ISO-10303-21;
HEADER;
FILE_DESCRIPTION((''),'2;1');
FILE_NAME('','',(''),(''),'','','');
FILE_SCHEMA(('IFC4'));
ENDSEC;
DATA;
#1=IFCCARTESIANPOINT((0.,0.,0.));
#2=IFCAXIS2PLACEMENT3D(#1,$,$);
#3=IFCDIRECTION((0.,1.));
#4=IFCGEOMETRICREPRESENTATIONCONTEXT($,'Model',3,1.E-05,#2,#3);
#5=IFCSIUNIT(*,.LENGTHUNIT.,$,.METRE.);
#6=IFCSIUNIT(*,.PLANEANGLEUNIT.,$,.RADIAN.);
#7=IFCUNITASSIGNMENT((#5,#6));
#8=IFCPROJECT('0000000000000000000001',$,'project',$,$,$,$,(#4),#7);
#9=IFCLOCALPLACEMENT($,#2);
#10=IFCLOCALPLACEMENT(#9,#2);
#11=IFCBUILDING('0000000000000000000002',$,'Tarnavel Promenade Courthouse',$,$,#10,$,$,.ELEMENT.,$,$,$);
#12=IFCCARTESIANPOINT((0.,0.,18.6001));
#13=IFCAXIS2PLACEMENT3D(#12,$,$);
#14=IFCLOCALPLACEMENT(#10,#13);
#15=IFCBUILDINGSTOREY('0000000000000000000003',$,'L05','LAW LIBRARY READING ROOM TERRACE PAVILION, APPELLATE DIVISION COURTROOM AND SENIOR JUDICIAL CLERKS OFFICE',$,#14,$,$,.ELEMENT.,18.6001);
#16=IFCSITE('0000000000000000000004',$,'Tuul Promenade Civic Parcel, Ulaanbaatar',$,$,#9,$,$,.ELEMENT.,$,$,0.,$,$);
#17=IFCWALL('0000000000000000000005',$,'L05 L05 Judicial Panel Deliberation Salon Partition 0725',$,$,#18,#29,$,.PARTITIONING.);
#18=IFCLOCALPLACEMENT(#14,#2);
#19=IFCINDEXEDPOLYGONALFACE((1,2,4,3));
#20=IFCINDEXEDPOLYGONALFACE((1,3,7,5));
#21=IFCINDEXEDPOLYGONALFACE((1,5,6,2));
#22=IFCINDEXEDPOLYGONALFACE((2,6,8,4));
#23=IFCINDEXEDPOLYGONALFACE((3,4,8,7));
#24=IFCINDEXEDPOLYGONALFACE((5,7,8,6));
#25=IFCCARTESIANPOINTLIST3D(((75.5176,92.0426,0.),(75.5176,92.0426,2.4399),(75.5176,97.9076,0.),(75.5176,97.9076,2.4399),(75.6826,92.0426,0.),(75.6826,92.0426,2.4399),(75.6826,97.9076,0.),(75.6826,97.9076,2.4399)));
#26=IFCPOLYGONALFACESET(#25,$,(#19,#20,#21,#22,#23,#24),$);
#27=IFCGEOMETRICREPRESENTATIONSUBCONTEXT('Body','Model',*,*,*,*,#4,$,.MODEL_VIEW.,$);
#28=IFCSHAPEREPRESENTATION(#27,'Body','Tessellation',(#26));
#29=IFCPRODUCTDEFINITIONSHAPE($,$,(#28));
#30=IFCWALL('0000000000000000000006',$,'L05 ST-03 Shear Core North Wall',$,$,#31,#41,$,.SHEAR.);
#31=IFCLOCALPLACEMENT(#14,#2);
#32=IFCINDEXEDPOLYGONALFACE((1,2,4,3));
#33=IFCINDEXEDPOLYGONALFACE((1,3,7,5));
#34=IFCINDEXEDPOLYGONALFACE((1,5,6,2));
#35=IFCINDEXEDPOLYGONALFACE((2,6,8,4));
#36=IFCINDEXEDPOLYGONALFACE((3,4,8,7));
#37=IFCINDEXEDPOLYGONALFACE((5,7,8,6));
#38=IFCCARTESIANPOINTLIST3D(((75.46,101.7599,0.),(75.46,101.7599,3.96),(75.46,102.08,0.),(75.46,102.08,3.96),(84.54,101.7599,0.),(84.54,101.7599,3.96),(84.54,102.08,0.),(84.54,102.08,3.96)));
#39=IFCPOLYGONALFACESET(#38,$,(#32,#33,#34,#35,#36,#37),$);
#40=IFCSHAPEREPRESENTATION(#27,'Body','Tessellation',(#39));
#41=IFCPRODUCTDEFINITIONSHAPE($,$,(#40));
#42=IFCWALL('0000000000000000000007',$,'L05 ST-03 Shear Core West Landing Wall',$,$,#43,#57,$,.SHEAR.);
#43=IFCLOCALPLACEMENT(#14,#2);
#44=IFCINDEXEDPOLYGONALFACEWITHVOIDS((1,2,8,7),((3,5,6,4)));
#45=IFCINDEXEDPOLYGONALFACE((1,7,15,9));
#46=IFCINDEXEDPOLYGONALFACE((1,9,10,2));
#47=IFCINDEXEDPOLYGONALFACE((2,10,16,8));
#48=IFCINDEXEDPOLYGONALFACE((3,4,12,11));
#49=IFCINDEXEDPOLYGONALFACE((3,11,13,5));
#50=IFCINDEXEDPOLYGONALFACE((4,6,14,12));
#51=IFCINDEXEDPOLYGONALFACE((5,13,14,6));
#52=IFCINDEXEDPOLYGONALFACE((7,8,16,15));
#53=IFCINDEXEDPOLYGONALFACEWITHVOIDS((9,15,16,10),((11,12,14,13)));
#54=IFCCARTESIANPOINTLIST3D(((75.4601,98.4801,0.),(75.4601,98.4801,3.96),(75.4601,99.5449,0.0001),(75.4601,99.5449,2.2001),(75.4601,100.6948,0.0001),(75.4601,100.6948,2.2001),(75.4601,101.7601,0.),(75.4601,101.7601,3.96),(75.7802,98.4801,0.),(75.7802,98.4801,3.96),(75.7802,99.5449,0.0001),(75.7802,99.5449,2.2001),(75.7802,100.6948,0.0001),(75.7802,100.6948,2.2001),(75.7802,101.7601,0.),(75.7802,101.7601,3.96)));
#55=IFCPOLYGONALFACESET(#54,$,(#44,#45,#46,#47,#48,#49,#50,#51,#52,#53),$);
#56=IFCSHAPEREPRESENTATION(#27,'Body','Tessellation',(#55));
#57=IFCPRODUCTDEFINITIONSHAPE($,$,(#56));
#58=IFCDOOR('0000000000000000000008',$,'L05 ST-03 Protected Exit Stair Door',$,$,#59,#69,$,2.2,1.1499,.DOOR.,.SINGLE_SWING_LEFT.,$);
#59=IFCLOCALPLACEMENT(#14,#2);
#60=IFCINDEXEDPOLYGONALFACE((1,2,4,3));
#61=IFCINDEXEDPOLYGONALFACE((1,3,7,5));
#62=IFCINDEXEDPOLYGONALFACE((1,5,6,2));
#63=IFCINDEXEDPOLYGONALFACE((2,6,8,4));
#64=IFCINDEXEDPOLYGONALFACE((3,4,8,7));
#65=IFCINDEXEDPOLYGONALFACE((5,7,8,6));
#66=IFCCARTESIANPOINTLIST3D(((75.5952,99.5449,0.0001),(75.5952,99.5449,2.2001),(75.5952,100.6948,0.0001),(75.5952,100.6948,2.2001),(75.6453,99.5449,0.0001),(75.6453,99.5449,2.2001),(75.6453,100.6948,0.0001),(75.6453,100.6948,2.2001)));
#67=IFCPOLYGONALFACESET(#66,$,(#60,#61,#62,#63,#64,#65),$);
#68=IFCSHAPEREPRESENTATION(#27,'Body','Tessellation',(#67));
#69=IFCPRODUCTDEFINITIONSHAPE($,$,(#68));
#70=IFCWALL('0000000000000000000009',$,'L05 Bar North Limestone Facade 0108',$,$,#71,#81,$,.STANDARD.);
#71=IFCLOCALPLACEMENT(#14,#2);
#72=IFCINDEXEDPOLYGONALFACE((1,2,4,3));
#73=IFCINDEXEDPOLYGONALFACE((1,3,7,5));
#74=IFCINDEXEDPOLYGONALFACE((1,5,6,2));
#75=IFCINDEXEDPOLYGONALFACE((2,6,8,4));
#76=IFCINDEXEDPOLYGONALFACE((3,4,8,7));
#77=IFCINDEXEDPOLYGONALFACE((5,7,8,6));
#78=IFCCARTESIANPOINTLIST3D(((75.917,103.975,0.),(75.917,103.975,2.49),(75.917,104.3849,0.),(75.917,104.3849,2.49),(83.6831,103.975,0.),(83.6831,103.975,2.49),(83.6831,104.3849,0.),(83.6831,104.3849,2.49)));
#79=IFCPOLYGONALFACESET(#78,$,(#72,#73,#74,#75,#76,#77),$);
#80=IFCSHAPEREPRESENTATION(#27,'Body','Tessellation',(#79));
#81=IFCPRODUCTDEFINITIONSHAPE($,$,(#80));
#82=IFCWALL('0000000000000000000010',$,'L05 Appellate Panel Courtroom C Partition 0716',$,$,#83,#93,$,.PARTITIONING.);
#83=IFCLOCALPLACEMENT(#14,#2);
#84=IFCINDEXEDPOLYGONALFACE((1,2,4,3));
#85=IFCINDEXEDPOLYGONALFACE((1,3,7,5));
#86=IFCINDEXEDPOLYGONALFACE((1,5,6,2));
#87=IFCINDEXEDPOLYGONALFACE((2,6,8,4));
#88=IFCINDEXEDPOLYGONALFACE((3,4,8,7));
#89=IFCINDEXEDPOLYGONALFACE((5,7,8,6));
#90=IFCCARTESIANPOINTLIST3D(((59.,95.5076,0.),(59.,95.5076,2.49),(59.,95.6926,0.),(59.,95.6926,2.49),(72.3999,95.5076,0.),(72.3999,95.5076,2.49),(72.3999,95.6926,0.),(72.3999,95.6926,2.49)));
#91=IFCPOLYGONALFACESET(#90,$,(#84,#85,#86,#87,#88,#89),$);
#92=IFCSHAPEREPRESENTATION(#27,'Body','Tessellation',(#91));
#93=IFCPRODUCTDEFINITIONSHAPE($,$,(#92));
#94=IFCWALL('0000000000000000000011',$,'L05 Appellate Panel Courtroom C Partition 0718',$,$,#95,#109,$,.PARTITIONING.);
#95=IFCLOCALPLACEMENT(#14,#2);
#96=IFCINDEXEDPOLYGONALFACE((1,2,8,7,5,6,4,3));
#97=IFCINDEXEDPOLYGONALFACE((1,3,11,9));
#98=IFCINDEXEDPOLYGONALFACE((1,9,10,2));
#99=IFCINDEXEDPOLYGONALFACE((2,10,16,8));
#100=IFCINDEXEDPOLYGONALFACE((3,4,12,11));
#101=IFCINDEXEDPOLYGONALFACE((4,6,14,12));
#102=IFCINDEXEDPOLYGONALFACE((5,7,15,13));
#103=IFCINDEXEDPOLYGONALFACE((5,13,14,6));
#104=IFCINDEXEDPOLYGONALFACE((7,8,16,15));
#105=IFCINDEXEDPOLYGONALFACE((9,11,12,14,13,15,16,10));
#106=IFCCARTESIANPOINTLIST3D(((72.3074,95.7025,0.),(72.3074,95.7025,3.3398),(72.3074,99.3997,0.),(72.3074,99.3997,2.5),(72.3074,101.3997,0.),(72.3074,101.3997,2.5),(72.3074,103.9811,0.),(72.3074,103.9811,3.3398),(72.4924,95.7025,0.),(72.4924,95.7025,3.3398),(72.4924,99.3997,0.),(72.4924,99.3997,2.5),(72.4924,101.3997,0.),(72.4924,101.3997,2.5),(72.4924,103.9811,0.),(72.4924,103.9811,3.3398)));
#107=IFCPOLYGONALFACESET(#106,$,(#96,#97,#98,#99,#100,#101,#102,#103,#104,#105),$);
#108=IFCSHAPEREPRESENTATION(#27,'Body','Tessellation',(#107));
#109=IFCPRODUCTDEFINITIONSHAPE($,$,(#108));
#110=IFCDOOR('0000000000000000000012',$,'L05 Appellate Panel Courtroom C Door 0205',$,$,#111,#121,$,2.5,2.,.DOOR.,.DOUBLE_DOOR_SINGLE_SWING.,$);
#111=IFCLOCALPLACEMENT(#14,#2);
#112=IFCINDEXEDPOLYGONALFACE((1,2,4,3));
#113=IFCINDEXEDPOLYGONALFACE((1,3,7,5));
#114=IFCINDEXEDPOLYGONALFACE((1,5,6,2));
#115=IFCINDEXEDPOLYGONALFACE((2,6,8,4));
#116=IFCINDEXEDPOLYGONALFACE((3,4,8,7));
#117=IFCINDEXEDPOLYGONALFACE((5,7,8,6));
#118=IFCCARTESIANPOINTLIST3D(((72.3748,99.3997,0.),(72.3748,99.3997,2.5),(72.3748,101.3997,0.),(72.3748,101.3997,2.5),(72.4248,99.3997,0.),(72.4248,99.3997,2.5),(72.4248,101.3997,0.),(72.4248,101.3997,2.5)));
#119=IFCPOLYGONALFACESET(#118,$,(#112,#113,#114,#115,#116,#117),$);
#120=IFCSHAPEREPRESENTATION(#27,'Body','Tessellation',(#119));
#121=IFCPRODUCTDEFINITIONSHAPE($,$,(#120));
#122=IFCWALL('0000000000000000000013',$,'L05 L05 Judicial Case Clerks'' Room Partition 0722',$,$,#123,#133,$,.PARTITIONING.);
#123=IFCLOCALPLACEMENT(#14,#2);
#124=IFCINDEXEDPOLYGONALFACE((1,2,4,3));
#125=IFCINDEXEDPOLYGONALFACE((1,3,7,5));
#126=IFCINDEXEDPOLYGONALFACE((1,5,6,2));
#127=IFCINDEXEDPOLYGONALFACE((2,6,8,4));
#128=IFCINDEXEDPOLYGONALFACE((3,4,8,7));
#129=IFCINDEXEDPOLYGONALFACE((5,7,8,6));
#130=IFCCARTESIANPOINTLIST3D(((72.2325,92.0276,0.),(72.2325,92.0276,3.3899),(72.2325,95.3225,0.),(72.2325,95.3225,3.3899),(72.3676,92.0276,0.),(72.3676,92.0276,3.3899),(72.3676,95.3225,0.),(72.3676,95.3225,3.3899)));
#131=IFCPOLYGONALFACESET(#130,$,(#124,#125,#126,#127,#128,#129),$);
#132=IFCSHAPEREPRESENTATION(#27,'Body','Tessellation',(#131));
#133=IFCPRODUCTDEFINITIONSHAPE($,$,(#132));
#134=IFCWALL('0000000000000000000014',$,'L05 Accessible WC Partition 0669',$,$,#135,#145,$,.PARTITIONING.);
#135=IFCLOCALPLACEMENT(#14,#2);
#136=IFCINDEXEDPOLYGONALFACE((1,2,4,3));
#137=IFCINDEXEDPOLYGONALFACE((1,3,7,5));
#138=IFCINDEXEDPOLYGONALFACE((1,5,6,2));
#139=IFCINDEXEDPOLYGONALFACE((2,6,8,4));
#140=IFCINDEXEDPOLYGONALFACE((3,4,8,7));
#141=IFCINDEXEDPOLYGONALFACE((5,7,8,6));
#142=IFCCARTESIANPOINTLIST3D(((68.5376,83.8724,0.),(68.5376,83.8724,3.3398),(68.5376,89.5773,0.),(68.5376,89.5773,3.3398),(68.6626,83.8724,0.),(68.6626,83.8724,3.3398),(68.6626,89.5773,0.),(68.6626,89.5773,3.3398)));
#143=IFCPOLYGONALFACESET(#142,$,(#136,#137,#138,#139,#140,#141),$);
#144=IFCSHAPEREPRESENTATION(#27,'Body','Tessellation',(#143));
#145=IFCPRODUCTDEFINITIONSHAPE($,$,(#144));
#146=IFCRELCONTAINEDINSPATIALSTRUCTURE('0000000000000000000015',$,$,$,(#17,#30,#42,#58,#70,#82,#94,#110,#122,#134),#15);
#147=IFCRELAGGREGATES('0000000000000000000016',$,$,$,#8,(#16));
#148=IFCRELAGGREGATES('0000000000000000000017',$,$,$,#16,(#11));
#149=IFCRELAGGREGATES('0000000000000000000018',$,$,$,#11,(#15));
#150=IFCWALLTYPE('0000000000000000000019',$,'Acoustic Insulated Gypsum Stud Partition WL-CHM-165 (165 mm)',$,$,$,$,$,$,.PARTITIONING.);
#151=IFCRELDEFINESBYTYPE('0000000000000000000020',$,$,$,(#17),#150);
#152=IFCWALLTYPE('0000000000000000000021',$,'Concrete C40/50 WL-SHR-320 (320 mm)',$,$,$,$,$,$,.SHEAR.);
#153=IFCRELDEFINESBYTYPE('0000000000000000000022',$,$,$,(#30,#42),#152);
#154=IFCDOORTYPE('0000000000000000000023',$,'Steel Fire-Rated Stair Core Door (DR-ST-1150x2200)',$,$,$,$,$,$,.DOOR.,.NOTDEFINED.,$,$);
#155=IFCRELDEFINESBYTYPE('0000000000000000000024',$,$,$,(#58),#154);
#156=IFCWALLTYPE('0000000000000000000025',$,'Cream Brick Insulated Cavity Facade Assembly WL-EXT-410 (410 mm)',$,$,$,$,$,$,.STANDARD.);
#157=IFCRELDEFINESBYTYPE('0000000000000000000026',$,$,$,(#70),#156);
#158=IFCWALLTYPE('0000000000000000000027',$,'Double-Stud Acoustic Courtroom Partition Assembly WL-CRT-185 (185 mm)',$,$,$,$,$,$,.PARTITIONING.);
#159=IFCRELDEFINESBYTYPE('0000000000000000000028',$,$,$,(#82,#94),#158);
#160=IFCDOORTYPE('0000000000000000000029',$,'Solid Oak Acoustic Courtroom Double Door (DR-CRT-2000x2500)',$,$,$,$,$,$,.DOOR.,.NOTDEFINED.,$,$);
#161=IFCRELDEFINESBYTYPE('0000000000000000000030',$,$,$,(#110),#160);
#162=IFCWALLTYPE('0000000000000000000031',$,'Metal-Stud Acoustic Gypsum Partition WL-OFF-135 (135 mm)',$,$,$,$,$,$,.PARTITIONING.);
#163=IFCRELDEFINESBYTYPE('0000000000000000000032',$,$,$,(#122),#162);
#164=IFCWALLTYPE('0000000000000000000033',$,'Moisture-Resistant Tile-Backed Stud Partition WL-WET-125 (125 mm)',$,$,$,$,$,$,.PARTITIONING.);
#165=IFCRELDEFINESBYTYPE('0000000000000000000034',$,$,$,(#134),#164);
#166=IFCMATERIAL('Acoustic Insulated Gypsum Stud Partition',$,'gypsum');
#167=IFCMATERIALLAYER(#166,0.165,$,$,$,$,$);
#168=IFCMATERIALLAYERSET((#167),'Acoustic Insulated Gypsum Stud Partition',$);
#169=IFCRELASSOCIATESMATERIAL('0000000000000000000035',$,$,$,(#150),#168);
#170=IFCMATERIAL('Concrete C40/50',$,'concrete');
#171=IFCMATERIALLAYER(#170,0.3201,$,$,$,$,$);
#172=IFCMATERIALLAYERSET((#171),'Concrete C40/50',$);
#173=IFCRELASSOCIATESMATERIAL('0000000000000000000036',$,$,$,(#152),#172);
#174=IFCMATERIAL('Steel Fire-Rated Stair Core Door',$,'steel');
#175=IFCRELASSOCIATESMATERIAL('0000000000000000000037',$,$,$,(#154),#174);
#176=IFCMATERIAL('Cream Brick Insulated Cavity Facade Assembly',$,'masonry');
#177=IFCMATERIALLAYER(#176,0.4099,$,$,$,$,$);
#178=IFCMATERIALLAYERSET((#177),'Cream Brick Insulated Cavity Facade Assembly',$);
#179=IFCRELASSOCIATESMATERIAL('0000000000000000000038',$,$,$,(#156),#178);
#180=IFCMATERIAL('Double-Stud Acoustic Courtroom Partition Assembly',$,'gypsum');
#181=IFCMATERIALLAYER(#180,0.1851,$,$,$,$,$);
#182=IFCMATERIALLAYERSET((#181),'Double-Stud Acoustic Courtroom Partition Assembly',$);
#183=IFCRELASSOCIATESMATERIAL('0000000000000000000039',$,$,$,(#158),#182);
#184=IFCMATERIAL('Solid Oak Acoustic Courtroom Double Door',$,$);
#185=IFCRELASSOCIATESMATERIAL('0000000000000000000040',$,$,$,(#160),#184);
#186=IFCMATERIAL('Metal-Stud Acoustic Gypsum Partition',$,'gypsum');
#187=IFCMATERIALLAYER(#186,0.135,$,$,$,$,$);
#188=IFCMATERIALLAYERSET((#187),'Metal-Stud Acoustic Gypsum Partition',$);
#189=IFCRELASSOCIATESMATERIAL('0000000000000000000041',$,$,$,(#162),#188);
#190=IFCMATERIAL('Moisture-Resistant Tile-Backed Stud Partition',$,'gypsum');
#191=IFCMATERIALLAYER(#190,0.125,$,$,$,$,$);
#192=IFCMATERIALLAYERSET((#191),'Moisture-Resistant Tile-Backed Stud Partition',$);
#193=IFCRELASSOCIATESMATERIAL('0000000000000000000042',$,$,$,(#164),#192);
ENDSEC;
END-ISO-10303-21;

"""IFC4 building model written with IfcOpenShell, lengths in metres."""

from ifc_helpers import new_model, si_unit, direction, frame, frame_2d, origin, place, context, subcontext, project, spatial, rectangle, extrude, material, layer, layer_set, type_object, element, fill, save


model = new_model("IFC4")

# Units and contexts
model_context = context("Model", 3, precision=1e-05, world=origin(), true_north=direction((0.0, 1.0)))
body_context = subcontext(model_context, "Body", "Model", "MODEL_VIEW")
ifc_project = project(units=[si_unit("LENGTHUNIT", "METRE"), si_unit("PLANEANGLEUNIT", "RADIAN")], contexts=[model_context])

# Site, building, storey
site_placement = place(None, origin())
site = spatial("IfcSite", under=ifc_project, at=site_placement, Name="Tuul Promenade Civic Parcel, Ulaanbaatar", CompositionType="ELEMENT", RefElevation=0.0)
building_placement = place(site_placement, origin())
building = spatial("IfcBuilding", under=site, at=building_placement, Name="Tarnavel Promenade Courthouse", CompositionType="ELEMENT")
storey_placement = place(building_placement, frame((0.0, 0.0, 18.6001)))
storey = spatial("IfcBuildingStorey", under=building, at=storey_placement, Name="L05", Description="LAW LIBRARY READING ROOM TERRACE PAVILION, APPELLATE DIVISION COURTROOM AND SENIOR JUDICIAL CLERKS OFFICE", CompositionType="ELEMENT", Elevation=18.6001)

# Shared definitions
ifc_material_1 = material(Name="Concrete C40/50", Category="concrete")

# Walls
ifc_material_2 = material(Name="Acoustic Insulated Gypsum Stud Partition", Category="gypsum")
ifc_layer_1 = layer(ifc_material_2, 0.165)
ifc_layer_set_1 = layer_set([ifc_layer_1], Name="Acoustic Insulated Gypsum Stud Partition")
wall_type_1 = type_object("IfcWallType", Name="Acoustic Insulated Gypsum Stud Partition WL-CHM-165 (165 mm)", PredefinedType="PARTITIONING", material=ifc_layer_set_1)
wall_1_placement = place(storey_placement, frame((75.6001, 92.0425, 0.0), z_axis=(0.0, 0.0, 1.0), x_axis=(0.0, 1.0, 0.0)))
element("IfcWall", 1, at=wall_1_placement, inside=storey, type_object=wall_type_1, Name="L05 L05 Judicial Panel Deliberation Salon Partition 0725", PredefinedType="PARTITIONING", context=body_context, shape_type="SweptSolid", body=[
    extrude(rectangle(XDim=5.865, YDim=0.165, at=frame_2d((2.9326, 0.0))), origin(), (0.0, 0.0, 1.0), 2.4399),
])
ifc_layer_2 = layer(ifc_material_1, 0.3201)
ifc_layer_set_2 = layer_set([ifc_layer_2], Name="Concrete C40/50")
wall_type_2 = type_object("IfcWallType", Name="Concrete C40/50 WL-SHR-320 (320 mm)", PredefinedType="SHEAR", material=ifc_layer_set_2)
wall_2_placement = place(storey_placement, frame((75.46, 101.9199, 0.0), z_axis=(0.0, 0.0, 1.0), x_axis=(1.0, 0.0, 0.0)))
element("IfcWall", 2, at=wall_2_placement, inside=storey, type_object=wall_type_2, Name="L05 ST-03 Shear Core North Wall", PredefinedType="SHEAR", context=body_context, shape_type="SweptSolid", body=[
    extrude(rectangle(XDim=9.0801, YDim=0.3201, at=frame_2d((4.54, 0.0))), origin(), (0.0, 0.0, 1.0), 3.96),
])

# Wall, opening, door
wall_3_placement = place(storey_placement, frame((75.6201, 98.48, 0.0), z_axis=(0.0, 0.0, 1.0), x_axis=(0.0, 1.0, 0.0)))
wall_3 = element("IfcWall", 3, at=wall_3_placement, inside=storey, type_object=wall_type_2, Name="L05 ST-03 Shear Core West Landing Wall", PredefinedType="SHEAR", context=body_context, shape_type="SweptSolid", body=[
    extrude(rectangle(XDim=3.28, YDim=0.3201, at=frame_2d((1.6401, 0.0))), origin(), (0.0, 0.0, 1.0), 3.96),
])
opening_1_placement = place(wall_3_placement, frame((1.0649, 0.0, 0.0)))
opening_1 = element("IfcOpeningElement", 4, at=opening_1_placement, cuts=wall_3, PredefinedType="OPENING", context=body_context, shape_type="SweptSolid", body=[
    extrude(rectangle(XDim=1.1499, YDim=2.2, at=frame_2d((0.575, 1.1001))), frame((0.0, 0.1699, 0.0), z_axis=(0.0, -1.0, 0.0), x_axis=(1.0, 0.0, 0.0)), (0.0, 0.0, 1.0), 0.3401),
])
ifc_material_3 = material(Name="Steel Fire-Rated Stair Core Door", Category="steel")
door_type_1 = type_object("IfcDoorType", Name="Steel Fire-Rated Stair Core Door (DR-ST-1150x2200)", OperationType="NOTDEFINED", PredefinedType="DOOR", material=ifc_material_3)
door_1_placement = place(opening_1_placement, origin())
door_1 = element("IfcDoor", 5, at=door_1_placement, inside=storey, type_object=door_type_1, Name="L05 ST-03 Protected Exit Stair Door", OperationType="SINGLE_SWING_LEFT", OverallHeight=2.2, OverallWidth=1.1499, PredefinedType="DOOR", context=body_context, shape_type="SweptSolid", body=[
    extrude(rectangle(XDim=1.1499, YDim=2.2, at=frame_2d((0.575, 1.1001))), frame((0.0, 0.0249, 0.0), z_axis=(0.0, -1.0, 0.0), x_axis=(1.0, 0.0, 0.0)), (0.0, 0.0, 1.0), 0.05),
])
fill(opening_1, door_1)

# Walls
ifc_material_4 = material(Name="Cream Brick Insulated Cavity Facade Assembly", Category="masonry")
ifc_layer_3 = layer(ifc_material_4, 0.4099)
ifc_layer_set_3 = layer_set([ifc_layer_3], Name="Cream Brick Insulated Cavity Facade Assembly")
wall_type_3 = type_object("IfcWallType", Name="Cream Brick Insulated Cavity Facade Assembly WL-EXT-410 (410 mm)", PredefinedType="STANDARD", material=ifc_layer_set_3)
wall_4_placement = place(storey_placement, frame((75.917, 104.1799, 0.0), z_axis=(0.0, 0.0, 1.0), x_axis=(1.0, 0.0, 0.0)))
element("IfcWall", 6, at=wall_4_placement, inside=storey, type_object=wall_type_3, Name="L05 Bar North Limestone Facade 0108", PredefinedType="STANDARD", context=body_context, shape_type="SweptSolid", body=[
    extrude(rectangle(XDim=7.7661, YDim=0.4099, at=frame_2d((3.8831, 0.0))), origin(), (0.0, 0.0, 1.0), 2.49),
])
ifc_material_5 = material(Name="Double-Stud Acoustic Courtroom Partition Assembly", Category="gypsum")
ifc_layer_4 = layer(ifc_material_5, 0.1851)
ifc_layer_set_4 = layer_set([ifc_layer_4], Name="Double-Stud Acoustic Courtroom Partition Assembly")
wall_type_4 = type_object("IfcWallType", Name="Double-Stud Acoustic Courtroom Partition Assembly WL-CRT-185 (185 mm)", PredefinedType="PARTITIONING", material=ifc_layer_set_4)
wall_5_placement = place(storey_placement, frame((72.3999, 95.6001, 0.0), z_axis=(0.0, 0.0, 1.0), x_axis=(-1.0, 0.0, 0.0)))
element("IfcWall", 7, at=wall_5_placement, inside=storey, type_object=wall_type_4, Name="L05 Appellate Panel Courtroom C Partition 0716", PredefinedType="PARTITIONING", context=body_context, shape_type="SweptSolid", body=[
    extrude(rectangle(XDim=13.3999, YDim=0.1851, at=frame_2d((6.7, 0.0))), origin(), (0.0, 0.0, 1.0), 2.49),
])

# Wall, opening, door
wall_6_placement = place(storey_placement, frame((72.3999, 103.981, 0.0), z_axis=(0.0, 0.0, 1.0), x_axis=(0.0, -1.0, 0.0)))
wall_6 = element("IfcWall", 8, at=wall_6_placement, inside=storey, type_object=wall_type_4, Name="L05 Appellate Panel Courtroom C Partition 0718", PredefinedType="PARTITIONING", context=body_context, shape_type="SweptSolid", body=[
    extrude(rectangle(XDim=8.2786, YDim=0.1851, at=frame_2d((4.1392, 0.0))), origin(), (0.0, 0.0, 1.0), 3.3398),
])
opening_2_placement = place(wall_6_placement, frame((2.5813, 0.0, 0.0)))
opening_2 = element("IfcOpeningElement", 9, at=opening_2_placement, cuts=wall_6, PredefinedType="OPENING", context=body_context, shape_type="SweptSolid", body=[
    extrude(rectangle(XDim=2.0, YDim=2.5, at=frame_2d((1.0, 1.25))), frame((0.0, 0.1025, 0.0), z_axis=(0.0, -1.0, 0.0), x_axis=(1.0, 0.0, 0.0)), (0.0, 0.0, 1.0), 0.2051),
])
ifc_material_6 = material(Name="Solid Oak Acoustic Courtroom Double Door")
door_type_2 = type_object("IfcDoorType", Name="Solid Oak Acoustic Courtroom Double Door (DR-CRT-2000x2500)", OperationType="NOTDEFINED", PredefinedType="DOOR", material=ifc_material_6)
door_2_placement = place(opening_2_placement, origin())
door_2 = element("IfcDoor", 10, at=door_2_placement, inside=storey, type_object=door_type_2, Name="L05 Appellate Panel Courtroom C Door 0205", OperationType="DOUBLE_DOOR_SINGLE_SWING", OverallHeight=2.5, OverallWidth=2.0, PredefinedType="DOOR", context=body_context, shape_type="SweptSolid", body=[
    extrude(rectangle(XDim=2.0, YDim=2.5, at=frame_2d((1.0, 1.25))), frame((0.0, 0.0249, 0.0), z_axis=(0.0, -1.0, 0.0), x_axis=(1.0, 0.0, 0.0)), (0.0, 0.0, 1.0), 0.05),
])
fill(opening_2, door_2)
ifc_material_7 = material(Name="Metal-Stud Acoustic Gypsum Partition", Category="gypsum")
ifc_layer_5 = layer(ifc_material_7, 0.135)
ifc_layer_set_5 = layer_set([ifc_layer_5], Name="Metal-Stud Acoustic Gypsum Partition")
wall_type_5 = type_object("IfcWallType", Name="Metal-Stud Acoustic Gypsum Partition WL-OFF-135 (135 mm)", PredefinedType="PARTITIONING", material=ifc_layer_set_5)

# Walls
wall_7_placement = place(storey_placement, frame((72.3, 95.3225, 0.0), z_axis=(0.0, 0.0, 1.0), x_axis=(0.0, -1.0, 0.0)))
element("IfcWall", 11, at=wall_7_placement, inside=storey, type_object=wall_type_5, Name="L05 L05 Judicial Case Clerks' Room Partition 0722", PredefinedType="PARTITIONING", context=body_context, shape_type="SweptSolid", body=[
    extrude(rectangle(XDim=3.2949, YDim=0.135, at=frame_2d((1.6475, 0.0))), origin(), (0.0, 0.0, 1.0), 3.3899),
])
ifc_material_8 = material(Name="Moisture-Resistant Tile-Backed Stud Partition", Category="gypsum")
ifc_layer_6 = layer(ifc_material_8, 0.125)
ifc_layer_set_6 = layer_set([ifc_layer_6], Name="Moisture-Resistant Tile-Backed Stud Partition")
wall_type_6 = type_object("IfcWallType", Name="Moisture-Resistant Tile-Backed Stud Partition WL-WET-125 (125 mm)", PredefinedType="PARTITIONING", material=ifc_layer_set_6)
wall_8_placement = place(storey_placement, frame((68.6001, 89.5774, 0.0), z_axis=(0.0, 0.0, 1.0), x_axis=(0.0, -1.0, 0.0)))
element("IfcWall", 12, at=wall_8_placement, inside=storey, type_object=wall_type_6, Name="L05 Accessible WC Partition 0669", PredefinedType="PARTITIONING", context=body_context, shape_type="SweptSolid", body=[
    extrude(rectangle(XDim=5.7048, YDim=0.125, at=frame_2d((2.8525, 0.0))), origin(), (0.0, 0.0, 1.0), 3.3398),
])

save(model, "model.ifc")
